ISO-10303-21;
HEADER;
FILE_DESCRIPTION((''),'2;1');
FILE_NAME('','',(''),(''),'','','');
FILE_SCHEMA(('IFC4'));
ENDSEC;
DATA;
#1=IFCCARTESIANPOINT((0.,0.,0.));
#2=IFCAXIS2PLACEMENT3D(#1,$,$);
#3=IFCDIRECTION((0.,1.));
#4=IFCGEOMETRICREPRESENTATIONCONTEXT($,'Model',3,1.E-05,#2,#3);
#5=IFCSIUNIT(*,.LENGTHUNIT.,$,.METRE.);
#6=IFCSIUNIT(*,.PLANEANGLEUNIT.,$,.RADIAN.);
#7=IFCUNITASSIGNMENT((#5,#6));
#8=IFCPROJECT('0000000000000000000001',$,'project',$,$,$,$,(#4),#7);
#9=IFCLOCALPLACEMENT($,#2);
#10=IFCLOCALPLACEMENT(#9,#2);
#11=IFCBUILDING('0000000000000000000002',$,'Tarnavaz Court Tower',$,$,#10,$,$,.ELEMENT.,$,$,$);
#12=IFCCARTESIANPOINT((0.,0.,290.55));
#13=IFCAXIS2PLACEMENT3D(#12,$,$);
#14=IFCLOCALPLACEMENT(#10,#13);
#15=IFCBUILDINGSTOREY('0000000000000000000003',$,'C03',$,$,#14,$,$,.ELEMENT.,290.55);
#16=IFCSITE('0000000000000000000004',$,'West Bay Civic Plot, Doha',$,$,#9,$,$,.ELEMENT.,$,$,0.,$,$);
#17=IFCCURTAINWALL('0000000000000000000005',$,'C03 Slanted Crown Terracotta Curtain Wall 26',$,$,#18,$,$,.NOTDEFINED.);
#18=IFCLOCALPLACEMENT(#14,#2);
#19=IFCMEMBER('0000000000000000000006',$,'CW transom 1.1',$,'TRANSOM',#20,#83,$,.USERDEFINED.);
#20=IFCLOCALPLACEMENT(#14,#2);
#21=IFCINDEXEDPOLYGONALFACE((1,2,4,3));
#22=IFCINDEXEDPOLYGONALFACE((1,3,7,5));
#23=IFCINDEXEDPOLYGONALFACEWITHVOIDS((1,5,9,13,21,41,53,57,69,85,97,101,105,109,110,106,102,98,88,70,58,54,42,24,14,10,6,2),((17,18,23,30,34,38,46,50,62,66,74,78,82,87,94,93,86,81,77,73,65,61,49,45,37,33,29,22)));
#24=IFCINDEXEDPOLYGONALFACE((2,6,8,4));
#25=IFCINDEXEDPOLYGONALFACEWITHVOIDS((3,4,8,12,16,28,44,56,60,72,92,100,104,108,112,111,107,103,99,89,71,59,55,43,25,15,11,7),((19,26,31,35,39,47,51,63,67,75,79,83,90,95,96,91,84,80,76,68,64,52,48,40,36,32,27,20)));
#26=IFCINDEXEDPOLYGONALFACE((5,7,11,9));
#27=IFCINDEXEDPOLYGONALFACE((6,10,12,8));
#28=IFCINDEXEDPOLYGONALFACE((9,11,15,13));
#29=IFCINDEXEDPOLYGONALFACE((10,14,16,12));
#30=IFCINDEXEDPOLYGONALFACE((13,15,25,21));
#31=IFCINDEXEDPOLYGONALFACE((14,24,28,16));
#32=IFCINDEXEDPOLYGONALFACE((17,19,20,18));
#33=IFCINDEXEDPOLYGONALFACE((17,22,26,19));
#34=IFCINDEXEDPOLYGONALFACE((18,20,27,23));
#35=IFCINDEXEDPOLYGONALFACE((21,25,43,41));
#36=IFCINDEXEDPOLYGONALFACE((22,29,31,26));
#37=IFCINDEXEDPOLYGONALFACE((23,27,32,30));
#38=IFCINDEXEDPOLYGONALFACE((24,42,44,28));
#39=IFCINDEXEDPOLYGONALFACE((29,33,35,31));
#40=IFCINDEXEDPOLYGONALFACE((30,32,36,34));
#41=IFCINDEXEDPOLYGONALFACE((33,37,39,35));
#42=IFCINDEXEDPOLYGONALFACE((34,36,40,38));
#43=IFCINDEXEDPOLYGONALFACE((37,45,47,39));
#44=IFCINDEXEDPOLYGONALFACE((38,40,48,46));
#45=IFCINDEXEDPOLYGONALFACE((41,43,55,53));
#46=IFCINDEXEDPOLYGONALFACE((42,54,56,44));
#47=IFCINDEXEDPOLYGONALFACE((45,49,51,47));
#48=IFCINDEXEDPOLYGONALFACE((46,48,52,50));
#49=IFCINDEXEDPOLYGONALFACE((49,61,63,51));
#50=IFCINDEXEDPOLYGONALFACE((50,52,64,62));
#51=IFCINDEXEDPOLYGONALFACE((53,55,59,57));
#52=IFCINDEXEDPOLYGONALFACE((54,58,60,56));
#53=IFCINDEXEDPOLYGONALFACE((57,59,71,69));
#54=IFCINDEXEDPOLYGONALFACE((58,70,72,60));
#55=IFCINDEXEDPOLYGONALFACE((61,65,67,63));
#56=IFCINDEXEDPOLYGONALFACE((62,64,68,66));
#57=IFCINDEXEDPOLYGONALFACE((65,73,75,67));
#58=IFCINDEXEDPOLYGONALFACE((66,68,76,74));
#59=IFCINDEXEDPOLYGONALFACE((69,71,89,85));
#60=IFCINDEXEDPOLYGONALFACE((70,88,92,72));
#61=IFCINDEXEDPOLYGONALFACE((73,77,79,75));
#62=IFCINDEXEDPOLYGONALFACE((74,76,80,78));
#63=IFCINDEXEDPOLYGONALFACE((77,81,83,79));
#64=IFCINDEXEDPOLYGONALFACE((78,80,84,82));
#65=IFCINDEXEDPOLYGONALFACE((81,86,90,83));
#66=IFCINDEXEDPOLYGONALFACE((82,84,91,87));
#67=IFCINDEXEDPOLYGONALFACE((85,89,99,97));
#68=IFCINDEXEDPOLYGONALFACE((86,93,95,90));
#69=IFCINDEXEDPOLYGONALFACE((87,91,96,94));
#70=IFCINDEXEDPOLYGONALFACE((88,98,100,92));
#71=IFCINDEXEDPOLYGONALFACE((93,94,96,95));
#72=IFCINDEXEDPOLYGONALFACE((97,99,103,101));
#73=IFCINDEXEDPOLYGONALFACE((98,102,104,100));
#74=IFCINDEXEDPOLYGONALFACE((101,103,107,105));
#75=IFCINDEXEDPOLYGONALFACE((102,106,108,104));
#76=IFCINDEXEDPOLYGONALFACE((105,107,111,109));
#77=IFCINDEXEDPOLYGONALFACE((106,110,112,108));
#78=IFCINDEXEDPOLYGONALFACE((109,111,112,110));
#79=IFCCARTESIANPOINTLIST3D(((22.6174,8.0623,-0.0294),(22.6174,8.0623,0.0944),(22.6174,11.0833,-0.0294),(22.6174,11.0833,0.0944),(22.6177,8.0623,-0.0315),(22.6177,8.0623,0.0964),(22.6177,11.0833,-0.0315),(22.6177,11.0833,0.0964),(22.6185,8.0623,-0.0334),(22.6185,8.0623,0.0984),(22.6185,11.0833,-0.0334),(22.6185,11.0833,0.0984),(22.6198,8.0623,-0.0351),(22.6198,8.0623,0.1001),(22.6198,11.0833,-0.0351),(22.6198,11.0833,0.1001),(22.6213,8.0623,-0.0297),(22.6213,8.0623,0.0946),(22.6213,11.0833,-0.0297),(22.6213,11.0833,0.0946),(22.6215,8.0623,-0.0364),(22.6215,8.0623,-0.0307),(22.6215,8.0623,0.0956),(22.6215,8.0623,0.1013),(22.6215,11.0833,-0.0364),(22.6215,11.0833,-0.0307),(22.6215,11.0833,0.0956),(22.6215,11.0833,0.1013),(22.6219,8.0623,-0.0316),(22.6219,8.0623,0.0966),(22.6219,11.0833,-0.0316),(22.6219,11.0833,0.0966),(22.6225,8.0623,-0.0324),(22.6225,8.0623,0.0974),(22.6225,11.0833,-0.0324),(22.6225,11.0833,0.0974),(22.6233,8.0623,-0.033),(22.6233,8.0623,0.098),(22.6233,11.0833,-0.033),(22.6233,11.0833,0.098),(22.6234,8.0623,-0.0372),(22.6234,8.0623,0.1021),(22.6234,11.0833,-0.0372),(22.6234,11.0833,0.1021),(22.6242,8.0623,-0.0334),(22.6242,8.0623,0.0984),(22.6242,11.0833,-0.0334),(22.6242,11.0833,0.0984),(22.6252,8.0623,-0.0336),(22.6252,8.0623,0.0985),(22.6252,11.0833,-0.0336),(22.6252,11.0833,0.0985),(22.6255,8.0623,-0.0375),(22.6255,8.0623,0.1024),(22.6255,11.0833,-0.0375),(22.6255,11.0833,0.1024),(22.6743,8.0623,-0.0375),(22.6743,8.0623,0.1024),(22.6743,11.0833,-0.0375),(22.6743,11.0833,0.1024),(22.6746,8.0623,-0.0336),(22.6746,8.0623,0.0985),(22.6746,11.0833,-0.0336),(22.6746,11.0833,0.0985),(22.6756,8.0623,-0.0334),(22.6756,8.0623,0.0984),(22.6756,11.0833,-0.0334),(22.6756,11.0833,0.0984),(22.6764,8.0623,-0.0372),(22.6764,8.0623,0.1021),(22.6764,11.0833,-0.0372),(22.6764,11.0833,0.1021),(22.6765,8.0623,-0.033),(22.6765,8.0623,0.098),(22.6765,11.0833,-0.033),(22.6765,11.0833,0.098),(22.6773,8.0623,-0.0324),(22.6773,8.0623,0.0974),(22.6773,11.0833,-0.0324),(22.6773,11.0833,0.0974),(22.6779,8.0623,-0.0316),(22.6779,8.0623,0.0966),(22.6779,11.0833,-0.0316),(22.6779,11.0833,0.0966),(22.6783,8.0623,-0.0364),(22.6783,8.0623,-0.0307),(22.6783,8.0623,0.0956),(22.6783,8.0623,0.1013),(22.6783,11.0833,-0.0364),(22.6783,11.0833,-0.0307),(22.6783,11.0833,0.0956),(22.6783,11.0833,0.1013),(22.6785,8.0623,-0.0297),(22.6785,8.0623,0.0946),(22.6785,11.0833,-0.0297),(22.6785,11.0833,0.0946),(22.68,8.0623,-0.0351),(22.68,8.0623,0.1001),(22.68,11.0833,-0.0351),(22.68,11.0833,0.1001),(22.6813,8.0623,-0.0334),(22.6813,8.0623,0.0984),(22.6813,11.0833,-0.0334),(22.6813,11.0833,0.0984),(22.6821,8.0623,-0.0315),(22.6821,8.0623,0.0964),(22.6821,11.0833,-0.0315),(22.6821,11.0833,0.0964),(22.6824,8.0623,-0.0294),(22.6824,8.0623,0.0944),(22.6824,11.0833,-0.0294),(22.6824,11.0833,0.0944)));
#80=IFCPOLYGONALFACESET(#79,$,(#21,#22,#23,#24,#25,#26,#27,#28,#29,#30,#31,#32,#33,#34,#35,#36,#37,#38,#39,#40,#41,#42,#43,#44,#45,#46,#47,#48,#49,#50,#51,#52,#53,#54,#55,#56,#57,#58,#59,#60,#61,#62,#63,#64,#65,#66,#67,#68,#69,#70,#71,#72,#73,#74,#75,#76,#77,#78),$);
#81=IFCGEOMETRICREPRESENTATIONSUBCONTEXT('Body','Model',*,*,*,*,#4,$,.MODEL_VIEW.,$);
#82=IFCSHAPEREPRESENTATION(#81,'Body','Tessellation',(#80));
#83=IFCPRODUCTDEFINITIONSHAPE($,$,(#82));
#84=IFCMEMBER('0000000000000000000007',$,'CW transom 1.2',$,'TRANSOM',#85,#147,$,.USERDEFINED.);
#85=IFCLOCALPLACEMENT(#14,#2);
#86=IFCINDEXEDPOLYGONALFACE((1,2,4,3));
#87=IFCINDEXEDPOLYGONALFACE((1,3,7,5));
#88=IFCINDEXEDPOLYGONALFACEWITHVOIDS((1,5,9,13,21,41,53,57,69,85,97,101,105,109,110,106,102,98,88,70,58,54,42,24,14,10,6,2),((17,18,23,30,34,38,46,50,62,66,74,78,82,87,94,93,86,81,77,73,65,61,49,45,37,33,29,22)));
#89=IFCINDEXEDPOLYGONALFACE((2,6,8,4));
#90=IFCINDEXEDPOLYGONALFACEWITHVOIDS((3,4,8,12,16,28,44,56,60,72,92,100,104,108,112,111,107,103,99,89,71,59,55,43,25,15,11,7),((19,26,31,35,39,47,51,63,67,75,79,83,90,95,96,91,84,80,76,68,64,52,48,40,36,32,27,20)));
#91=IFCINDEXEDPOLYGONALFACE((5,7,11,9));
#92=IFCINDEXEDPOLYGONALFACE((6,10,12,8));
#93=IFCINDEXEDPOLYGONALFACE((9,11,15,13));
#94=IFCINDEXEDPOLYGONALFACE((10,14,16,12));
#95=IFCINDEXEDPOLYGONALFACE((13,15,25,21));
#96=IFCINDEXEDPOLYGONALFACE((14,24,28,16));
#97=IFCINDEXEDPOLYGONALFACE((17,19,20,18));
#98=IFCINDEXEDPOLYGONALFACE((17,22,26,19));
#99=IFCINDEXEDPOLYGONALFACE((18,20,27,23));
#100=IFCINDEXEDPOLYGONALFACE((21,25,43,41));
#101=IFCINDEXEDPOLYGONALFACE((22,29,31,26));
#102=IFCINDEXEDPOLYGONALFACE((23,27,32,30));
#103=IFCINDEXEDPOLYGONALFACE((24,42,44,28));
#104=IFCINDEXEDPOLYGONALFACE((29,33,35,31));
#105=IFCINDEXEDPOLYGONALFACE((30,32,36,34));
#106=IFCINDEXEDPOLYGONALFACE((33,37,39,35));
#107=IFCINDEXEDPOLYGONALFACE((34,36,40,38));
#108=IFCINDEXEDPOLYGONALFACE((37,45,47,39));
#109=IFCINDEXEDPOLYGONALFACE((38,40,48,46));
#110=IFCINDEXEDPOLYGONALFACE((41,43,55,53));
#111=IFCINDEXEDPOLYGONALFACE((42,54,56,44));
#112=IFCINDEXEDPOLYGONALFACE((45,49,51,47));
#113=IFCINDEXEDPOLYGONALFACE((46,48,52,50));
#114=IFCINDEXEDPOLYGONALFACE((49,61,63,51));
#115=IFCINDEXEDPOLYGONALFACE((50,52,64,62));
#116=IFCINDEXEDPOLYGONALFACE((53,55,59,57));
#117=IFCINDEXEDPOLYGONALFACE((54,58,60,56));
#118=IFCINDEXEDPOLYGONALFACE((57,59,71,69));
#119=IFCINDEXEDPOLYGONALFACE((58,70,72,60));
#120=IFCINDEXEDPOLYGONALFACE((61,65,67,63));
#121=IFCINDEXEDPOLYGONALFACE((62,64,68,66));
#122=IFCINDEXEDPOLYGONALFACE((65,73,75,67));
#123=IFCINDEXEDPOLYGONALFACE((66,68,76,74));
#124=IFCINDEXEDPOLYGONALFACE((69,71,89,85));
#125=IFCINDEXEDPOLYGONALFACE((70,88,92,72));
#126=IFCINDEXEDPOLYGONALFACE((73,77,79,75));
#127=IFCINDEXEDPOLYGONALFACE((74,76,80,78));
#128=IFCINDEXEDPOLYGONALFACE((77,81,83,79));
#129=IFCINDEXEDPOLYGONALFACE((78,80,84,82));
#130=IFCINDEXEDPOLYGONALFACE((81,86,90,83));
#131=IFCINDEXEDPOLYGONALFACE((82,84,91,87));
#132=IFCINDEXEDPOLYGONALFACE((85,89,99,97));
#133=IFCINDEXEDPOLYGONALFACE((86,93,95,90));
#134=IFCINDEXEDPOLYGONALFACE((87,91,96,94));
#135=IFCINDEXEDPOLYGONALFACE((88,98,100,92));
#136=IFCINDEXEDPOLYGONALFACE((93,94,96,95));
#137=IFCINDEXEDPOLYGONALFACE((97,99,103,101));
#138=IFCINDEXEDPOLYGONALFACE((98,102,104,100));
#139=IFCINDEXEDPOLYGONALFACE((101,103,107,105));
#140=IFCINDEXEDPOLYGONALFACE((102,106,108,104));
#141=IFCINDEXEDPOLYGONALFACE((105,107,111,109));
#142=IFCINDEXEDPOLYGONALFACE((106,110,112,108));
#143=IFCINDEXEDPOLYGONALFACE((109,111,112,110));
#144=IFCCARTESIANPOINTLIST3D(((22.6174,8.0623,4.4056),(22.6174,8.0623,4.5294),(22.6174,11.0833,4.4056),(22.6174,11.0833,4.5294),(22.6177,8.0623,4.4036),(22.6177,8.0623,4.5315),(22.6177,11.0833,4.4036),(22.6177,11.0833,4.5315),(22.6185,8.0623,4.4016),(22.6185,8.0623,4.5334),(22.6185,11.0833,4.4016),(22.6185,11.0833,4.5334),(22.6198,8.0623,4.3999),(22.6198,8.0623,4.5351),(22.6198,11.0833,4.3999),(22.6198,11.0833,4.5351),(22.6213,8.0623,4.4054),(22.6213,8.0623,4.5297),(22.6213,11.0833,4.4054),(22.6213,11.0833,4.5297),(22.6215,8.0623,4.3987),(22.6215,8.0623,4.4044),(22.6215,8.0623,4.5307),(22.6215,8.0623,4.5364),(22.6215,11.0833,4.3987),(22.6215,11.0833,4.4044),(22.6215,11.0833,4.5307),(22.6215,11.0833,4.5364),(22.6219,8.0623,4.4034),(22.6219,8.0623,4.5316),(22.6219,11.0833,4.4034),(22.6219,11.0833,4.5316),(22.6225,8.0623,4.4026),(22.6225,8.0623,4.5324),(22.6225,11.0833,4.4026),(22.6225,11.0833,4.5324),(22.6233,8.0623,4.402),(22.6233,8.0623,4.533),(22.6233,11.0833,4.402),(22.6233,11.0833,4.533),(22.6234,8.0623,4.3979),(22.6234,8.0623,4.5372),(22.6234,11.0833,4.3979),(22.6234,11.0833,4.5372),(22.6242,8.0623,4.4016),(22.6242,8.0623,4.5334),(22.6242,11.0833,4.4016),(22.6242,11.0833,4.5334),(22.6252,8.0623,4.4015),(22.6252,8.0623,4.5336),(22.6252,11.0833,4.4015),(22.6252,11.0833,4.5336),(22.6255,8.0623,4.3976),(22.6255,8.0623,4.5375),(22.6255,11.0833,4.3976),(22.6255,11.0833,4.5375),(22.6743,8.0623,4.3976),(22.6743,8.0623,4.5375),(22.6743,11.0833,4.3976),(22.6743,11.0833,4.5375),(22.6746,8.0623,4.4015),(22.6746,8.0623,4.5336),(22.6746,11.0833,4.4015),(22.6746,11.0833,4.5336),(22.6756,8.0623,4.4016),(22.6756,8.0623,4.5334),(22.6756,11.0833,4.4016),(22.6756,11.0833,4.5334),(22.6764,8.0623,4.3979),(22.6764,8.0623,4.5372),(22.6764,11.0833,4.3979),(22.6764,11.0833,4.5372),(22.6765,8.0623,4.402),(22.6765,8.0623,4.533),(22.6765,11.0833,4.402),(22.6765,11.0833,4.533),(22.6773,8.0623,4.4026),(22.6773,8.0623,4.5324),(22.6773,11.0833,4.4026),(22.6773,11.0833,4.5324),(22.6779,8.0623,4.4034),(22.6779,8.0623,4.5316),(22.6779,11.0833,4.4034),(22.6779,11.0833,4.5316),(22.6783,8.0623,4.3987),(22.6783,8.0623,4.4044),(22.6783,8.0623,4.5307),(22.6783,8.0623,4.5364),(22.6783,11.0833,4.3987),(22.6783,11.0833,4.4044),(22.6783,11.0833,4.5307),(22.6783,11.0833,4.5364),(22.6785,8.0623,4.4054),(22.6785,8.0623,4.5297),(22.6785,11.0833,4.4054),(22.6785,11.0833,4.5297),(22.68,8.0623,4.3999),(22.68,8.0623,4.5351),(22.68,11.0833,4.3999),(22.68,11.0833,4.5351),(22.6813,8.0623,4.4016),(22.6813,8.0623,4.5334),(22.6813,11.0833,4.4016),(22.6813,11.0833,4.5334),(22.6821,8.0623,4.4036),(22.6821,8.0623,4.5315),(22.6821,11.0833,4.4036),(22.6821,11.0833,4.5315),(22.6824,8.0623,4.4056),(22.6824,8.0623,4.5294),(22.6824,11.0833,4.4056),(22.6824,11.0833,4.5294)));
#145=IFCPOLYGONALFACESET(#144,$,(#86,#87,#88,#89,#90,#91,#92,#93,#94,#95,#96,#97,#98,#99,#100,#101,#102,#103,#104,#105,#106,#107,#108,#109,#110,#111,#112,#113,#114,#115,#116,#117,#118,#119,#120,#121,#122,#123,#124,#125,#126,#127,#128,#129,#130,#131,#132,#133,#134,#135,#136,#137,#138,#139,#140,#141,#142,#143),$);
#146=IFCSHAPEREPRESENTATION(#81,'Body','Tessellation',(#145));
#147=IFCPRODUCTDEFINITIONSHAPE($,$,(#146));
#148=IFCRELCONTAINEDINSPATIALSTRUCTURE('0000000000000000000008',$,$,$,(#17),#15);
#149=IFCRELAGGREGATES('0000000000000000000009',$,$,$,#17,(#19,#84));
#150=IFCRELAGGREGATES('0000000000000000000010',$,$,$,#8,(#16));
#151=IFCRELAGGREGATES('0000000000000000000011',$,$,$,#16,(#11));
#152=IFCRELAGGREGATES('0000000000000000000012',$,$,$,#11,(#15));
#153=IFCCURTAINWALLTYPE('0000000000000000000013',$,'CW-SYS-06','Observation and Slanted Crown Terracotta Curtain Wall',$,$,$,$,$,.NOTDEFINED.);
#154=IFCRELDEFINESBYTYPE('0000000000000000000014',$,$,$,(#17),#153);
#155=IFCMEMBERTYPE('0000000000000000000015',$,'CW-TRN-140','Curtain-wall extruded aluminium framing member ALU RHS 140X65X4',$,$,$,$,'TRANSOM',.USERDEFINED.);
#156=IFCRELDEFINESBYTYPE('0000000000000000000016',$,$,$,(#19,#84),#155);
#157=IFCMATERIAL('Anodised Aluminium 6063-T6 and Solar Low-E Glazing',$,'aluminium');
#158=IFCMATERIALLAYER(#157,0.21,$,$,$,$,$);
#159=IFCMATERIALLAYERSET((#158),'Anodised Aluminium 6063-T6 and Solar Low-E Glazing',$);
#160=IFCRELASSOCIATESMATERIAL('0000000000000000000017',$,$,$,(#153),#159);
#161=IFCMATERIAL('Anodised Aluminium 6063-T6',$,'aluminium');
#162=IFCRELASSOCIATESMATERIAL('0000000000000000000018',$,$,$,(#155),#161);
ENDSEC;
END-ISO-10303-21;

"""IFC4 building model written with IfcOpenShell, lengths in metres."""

from ifc_helpers import new_model, si_unit, direction, frame, origin, origin_2d, place, context, subcontext, project, spatial, hollow_rectangle, extrude, material, layer, layer_set, material_profile, profile_set, type_object, element, aggregate, save


model = new_model("IFC4")

# Units and contexts
model_context = context("Model", 3, precision=1e-05, world=origin(), true_north=direction((0.0, 1.0)))
body_context = subcontext(model_context, "Body", "Model", "MODEL_VIEW")
ifc_project = project(units=[si_unit("LENGTHUNIT", "METRE"), si_unit("PLANEANGLEUNIT", "RADIAN")], contexts=[model_context])

# Site, building, storey
site_placement = place(None, origin())
site = spatial("IfcSite", under=ifc_project, at=site_placement, Name="West Bay Civic Plot, Doha", CompositionType="ELEMENT", RefElevation=0.0)
building_placement = place(site_placement, origin())
building = spatial("IfcBuilding", under=site, at=building_placement, Name="Tarnavaz Court Tower", CompositionType="ELEMENT")
storey_placement = place(building_placement, frame((0.0, 0.0, 290.55)))
storey = spatial("IfcBuildingStorey", under=building, at=storey_placement, Name="C03", CompositionType="ELEMENT", Elevation=290.55)

# Shared definitions
ifc_material_1 = material(Name="Anodised Aluminium 6063-T6 and Solar Low-E Glazing", Category="aluminium")
ifc_layer_1 = layer(ifc_material_1, 0.21)
ifc_layer_set_1 = layer_set([ifc_layer_1], Name="Anodised Aluminium 6063-T6 and Solar Low-E Glazing")
curtain_wall_type = type_object("IfcCurtainWallType", Name="CW-SYS-06", Description="Observation and Slanted Crown Terracotta Curtain Wall", PredefinedType="NOTDEFINED", material=ifc_layer_set_1)
ifc_material_2 = material(Name="Anodised Aluminium 6063-T6", Category="aluminium")

# Curtain wall
curtain_wall_1_placement = place(storey_placement, origin())
curtain_wall_1 = element("IfcCurtainWall", 1, at=curtain_wall_1_placement, inside=storey, type_object=curtain_wall_type, Name="C03 Slanted Crown Terracotta Curtain Wall 26", PredefinedType="NOTDEFINED")

# Members
ifc_material_profile_1 = material_profile(ifc_material_2, hollow_rectangle(XDim=0.0649, YDim=0.1399, WallThickness=0.0039, InnerFilletRadius=0.0039, OuterFilletRadius=0.0081, at=origin_2d()), Name="ALU RHS 140X65X4")
ifc_profile_set_1 = profile_set([ifc_material_profile_1], Name="Anodised Aluminium 6063-T6")
member_type_1 = type_object("IfcMemberType", Name="CW-TRN-140", Description="Curtain-wall extruded aluminium framing member ALU RHS 140X65X4", ElementType="TRANSOM", PredefinedType="USERDEFINED", material=ifc_profile_set_1)
member_1_placement = place(storey_placement, frame((22.6499, 11.0833, 0.0325), z_axis=(0.0, -1.0, 0.0), x_axis=(1.0, 0.0, 0.0)))
member_1 = element("IfcMember", 2, at=member_1_placement, type_object=member_type_1, Name="CW transom 1.1", ObjectType="TRANSOM", PredefinedType="USERDEFINED", context=body_context, shape_type="SweptSolid", body=[
    extrude(hollow_rectangle(XDim=0.0649, YDim=0.1399, WallThickness=0.0039, InnerFilletRadius=0.0039, OuterFilletRadius=0.0081, at=origin_2d()), origin(), (0.0, 0.0, 1.0), 3.021),
])
member_2_placement = place(storey_placement, frame((22.6499, 11.0833, 4.4675), z_axis=(0.0, -1.0, 0.0), x_axis=(1.0, 0.0, 0.0)))
member_2 = element("IfcMember", 3, at=member_2_placement, type_object=member_type_1, Name="CW transom 1.2", ObjectType="TRANSOM", PredefinedType="USERDEFINED", context=body_context, shape_type="SweptSolid", body=[
    extrude(hollow_rectangle(XDim=0.0649, YDim=0.1399, WallThickness=0.0039, InnerFilletRadius=0.0039, OuterFilletRadius=0.0081, at=origin_2d()), origin(), (0.0, 0.0, 1.0), 3.021),
])

aggregate(curtain_wall_1, [member_1, member_2])

save(model, "model.ifc")
